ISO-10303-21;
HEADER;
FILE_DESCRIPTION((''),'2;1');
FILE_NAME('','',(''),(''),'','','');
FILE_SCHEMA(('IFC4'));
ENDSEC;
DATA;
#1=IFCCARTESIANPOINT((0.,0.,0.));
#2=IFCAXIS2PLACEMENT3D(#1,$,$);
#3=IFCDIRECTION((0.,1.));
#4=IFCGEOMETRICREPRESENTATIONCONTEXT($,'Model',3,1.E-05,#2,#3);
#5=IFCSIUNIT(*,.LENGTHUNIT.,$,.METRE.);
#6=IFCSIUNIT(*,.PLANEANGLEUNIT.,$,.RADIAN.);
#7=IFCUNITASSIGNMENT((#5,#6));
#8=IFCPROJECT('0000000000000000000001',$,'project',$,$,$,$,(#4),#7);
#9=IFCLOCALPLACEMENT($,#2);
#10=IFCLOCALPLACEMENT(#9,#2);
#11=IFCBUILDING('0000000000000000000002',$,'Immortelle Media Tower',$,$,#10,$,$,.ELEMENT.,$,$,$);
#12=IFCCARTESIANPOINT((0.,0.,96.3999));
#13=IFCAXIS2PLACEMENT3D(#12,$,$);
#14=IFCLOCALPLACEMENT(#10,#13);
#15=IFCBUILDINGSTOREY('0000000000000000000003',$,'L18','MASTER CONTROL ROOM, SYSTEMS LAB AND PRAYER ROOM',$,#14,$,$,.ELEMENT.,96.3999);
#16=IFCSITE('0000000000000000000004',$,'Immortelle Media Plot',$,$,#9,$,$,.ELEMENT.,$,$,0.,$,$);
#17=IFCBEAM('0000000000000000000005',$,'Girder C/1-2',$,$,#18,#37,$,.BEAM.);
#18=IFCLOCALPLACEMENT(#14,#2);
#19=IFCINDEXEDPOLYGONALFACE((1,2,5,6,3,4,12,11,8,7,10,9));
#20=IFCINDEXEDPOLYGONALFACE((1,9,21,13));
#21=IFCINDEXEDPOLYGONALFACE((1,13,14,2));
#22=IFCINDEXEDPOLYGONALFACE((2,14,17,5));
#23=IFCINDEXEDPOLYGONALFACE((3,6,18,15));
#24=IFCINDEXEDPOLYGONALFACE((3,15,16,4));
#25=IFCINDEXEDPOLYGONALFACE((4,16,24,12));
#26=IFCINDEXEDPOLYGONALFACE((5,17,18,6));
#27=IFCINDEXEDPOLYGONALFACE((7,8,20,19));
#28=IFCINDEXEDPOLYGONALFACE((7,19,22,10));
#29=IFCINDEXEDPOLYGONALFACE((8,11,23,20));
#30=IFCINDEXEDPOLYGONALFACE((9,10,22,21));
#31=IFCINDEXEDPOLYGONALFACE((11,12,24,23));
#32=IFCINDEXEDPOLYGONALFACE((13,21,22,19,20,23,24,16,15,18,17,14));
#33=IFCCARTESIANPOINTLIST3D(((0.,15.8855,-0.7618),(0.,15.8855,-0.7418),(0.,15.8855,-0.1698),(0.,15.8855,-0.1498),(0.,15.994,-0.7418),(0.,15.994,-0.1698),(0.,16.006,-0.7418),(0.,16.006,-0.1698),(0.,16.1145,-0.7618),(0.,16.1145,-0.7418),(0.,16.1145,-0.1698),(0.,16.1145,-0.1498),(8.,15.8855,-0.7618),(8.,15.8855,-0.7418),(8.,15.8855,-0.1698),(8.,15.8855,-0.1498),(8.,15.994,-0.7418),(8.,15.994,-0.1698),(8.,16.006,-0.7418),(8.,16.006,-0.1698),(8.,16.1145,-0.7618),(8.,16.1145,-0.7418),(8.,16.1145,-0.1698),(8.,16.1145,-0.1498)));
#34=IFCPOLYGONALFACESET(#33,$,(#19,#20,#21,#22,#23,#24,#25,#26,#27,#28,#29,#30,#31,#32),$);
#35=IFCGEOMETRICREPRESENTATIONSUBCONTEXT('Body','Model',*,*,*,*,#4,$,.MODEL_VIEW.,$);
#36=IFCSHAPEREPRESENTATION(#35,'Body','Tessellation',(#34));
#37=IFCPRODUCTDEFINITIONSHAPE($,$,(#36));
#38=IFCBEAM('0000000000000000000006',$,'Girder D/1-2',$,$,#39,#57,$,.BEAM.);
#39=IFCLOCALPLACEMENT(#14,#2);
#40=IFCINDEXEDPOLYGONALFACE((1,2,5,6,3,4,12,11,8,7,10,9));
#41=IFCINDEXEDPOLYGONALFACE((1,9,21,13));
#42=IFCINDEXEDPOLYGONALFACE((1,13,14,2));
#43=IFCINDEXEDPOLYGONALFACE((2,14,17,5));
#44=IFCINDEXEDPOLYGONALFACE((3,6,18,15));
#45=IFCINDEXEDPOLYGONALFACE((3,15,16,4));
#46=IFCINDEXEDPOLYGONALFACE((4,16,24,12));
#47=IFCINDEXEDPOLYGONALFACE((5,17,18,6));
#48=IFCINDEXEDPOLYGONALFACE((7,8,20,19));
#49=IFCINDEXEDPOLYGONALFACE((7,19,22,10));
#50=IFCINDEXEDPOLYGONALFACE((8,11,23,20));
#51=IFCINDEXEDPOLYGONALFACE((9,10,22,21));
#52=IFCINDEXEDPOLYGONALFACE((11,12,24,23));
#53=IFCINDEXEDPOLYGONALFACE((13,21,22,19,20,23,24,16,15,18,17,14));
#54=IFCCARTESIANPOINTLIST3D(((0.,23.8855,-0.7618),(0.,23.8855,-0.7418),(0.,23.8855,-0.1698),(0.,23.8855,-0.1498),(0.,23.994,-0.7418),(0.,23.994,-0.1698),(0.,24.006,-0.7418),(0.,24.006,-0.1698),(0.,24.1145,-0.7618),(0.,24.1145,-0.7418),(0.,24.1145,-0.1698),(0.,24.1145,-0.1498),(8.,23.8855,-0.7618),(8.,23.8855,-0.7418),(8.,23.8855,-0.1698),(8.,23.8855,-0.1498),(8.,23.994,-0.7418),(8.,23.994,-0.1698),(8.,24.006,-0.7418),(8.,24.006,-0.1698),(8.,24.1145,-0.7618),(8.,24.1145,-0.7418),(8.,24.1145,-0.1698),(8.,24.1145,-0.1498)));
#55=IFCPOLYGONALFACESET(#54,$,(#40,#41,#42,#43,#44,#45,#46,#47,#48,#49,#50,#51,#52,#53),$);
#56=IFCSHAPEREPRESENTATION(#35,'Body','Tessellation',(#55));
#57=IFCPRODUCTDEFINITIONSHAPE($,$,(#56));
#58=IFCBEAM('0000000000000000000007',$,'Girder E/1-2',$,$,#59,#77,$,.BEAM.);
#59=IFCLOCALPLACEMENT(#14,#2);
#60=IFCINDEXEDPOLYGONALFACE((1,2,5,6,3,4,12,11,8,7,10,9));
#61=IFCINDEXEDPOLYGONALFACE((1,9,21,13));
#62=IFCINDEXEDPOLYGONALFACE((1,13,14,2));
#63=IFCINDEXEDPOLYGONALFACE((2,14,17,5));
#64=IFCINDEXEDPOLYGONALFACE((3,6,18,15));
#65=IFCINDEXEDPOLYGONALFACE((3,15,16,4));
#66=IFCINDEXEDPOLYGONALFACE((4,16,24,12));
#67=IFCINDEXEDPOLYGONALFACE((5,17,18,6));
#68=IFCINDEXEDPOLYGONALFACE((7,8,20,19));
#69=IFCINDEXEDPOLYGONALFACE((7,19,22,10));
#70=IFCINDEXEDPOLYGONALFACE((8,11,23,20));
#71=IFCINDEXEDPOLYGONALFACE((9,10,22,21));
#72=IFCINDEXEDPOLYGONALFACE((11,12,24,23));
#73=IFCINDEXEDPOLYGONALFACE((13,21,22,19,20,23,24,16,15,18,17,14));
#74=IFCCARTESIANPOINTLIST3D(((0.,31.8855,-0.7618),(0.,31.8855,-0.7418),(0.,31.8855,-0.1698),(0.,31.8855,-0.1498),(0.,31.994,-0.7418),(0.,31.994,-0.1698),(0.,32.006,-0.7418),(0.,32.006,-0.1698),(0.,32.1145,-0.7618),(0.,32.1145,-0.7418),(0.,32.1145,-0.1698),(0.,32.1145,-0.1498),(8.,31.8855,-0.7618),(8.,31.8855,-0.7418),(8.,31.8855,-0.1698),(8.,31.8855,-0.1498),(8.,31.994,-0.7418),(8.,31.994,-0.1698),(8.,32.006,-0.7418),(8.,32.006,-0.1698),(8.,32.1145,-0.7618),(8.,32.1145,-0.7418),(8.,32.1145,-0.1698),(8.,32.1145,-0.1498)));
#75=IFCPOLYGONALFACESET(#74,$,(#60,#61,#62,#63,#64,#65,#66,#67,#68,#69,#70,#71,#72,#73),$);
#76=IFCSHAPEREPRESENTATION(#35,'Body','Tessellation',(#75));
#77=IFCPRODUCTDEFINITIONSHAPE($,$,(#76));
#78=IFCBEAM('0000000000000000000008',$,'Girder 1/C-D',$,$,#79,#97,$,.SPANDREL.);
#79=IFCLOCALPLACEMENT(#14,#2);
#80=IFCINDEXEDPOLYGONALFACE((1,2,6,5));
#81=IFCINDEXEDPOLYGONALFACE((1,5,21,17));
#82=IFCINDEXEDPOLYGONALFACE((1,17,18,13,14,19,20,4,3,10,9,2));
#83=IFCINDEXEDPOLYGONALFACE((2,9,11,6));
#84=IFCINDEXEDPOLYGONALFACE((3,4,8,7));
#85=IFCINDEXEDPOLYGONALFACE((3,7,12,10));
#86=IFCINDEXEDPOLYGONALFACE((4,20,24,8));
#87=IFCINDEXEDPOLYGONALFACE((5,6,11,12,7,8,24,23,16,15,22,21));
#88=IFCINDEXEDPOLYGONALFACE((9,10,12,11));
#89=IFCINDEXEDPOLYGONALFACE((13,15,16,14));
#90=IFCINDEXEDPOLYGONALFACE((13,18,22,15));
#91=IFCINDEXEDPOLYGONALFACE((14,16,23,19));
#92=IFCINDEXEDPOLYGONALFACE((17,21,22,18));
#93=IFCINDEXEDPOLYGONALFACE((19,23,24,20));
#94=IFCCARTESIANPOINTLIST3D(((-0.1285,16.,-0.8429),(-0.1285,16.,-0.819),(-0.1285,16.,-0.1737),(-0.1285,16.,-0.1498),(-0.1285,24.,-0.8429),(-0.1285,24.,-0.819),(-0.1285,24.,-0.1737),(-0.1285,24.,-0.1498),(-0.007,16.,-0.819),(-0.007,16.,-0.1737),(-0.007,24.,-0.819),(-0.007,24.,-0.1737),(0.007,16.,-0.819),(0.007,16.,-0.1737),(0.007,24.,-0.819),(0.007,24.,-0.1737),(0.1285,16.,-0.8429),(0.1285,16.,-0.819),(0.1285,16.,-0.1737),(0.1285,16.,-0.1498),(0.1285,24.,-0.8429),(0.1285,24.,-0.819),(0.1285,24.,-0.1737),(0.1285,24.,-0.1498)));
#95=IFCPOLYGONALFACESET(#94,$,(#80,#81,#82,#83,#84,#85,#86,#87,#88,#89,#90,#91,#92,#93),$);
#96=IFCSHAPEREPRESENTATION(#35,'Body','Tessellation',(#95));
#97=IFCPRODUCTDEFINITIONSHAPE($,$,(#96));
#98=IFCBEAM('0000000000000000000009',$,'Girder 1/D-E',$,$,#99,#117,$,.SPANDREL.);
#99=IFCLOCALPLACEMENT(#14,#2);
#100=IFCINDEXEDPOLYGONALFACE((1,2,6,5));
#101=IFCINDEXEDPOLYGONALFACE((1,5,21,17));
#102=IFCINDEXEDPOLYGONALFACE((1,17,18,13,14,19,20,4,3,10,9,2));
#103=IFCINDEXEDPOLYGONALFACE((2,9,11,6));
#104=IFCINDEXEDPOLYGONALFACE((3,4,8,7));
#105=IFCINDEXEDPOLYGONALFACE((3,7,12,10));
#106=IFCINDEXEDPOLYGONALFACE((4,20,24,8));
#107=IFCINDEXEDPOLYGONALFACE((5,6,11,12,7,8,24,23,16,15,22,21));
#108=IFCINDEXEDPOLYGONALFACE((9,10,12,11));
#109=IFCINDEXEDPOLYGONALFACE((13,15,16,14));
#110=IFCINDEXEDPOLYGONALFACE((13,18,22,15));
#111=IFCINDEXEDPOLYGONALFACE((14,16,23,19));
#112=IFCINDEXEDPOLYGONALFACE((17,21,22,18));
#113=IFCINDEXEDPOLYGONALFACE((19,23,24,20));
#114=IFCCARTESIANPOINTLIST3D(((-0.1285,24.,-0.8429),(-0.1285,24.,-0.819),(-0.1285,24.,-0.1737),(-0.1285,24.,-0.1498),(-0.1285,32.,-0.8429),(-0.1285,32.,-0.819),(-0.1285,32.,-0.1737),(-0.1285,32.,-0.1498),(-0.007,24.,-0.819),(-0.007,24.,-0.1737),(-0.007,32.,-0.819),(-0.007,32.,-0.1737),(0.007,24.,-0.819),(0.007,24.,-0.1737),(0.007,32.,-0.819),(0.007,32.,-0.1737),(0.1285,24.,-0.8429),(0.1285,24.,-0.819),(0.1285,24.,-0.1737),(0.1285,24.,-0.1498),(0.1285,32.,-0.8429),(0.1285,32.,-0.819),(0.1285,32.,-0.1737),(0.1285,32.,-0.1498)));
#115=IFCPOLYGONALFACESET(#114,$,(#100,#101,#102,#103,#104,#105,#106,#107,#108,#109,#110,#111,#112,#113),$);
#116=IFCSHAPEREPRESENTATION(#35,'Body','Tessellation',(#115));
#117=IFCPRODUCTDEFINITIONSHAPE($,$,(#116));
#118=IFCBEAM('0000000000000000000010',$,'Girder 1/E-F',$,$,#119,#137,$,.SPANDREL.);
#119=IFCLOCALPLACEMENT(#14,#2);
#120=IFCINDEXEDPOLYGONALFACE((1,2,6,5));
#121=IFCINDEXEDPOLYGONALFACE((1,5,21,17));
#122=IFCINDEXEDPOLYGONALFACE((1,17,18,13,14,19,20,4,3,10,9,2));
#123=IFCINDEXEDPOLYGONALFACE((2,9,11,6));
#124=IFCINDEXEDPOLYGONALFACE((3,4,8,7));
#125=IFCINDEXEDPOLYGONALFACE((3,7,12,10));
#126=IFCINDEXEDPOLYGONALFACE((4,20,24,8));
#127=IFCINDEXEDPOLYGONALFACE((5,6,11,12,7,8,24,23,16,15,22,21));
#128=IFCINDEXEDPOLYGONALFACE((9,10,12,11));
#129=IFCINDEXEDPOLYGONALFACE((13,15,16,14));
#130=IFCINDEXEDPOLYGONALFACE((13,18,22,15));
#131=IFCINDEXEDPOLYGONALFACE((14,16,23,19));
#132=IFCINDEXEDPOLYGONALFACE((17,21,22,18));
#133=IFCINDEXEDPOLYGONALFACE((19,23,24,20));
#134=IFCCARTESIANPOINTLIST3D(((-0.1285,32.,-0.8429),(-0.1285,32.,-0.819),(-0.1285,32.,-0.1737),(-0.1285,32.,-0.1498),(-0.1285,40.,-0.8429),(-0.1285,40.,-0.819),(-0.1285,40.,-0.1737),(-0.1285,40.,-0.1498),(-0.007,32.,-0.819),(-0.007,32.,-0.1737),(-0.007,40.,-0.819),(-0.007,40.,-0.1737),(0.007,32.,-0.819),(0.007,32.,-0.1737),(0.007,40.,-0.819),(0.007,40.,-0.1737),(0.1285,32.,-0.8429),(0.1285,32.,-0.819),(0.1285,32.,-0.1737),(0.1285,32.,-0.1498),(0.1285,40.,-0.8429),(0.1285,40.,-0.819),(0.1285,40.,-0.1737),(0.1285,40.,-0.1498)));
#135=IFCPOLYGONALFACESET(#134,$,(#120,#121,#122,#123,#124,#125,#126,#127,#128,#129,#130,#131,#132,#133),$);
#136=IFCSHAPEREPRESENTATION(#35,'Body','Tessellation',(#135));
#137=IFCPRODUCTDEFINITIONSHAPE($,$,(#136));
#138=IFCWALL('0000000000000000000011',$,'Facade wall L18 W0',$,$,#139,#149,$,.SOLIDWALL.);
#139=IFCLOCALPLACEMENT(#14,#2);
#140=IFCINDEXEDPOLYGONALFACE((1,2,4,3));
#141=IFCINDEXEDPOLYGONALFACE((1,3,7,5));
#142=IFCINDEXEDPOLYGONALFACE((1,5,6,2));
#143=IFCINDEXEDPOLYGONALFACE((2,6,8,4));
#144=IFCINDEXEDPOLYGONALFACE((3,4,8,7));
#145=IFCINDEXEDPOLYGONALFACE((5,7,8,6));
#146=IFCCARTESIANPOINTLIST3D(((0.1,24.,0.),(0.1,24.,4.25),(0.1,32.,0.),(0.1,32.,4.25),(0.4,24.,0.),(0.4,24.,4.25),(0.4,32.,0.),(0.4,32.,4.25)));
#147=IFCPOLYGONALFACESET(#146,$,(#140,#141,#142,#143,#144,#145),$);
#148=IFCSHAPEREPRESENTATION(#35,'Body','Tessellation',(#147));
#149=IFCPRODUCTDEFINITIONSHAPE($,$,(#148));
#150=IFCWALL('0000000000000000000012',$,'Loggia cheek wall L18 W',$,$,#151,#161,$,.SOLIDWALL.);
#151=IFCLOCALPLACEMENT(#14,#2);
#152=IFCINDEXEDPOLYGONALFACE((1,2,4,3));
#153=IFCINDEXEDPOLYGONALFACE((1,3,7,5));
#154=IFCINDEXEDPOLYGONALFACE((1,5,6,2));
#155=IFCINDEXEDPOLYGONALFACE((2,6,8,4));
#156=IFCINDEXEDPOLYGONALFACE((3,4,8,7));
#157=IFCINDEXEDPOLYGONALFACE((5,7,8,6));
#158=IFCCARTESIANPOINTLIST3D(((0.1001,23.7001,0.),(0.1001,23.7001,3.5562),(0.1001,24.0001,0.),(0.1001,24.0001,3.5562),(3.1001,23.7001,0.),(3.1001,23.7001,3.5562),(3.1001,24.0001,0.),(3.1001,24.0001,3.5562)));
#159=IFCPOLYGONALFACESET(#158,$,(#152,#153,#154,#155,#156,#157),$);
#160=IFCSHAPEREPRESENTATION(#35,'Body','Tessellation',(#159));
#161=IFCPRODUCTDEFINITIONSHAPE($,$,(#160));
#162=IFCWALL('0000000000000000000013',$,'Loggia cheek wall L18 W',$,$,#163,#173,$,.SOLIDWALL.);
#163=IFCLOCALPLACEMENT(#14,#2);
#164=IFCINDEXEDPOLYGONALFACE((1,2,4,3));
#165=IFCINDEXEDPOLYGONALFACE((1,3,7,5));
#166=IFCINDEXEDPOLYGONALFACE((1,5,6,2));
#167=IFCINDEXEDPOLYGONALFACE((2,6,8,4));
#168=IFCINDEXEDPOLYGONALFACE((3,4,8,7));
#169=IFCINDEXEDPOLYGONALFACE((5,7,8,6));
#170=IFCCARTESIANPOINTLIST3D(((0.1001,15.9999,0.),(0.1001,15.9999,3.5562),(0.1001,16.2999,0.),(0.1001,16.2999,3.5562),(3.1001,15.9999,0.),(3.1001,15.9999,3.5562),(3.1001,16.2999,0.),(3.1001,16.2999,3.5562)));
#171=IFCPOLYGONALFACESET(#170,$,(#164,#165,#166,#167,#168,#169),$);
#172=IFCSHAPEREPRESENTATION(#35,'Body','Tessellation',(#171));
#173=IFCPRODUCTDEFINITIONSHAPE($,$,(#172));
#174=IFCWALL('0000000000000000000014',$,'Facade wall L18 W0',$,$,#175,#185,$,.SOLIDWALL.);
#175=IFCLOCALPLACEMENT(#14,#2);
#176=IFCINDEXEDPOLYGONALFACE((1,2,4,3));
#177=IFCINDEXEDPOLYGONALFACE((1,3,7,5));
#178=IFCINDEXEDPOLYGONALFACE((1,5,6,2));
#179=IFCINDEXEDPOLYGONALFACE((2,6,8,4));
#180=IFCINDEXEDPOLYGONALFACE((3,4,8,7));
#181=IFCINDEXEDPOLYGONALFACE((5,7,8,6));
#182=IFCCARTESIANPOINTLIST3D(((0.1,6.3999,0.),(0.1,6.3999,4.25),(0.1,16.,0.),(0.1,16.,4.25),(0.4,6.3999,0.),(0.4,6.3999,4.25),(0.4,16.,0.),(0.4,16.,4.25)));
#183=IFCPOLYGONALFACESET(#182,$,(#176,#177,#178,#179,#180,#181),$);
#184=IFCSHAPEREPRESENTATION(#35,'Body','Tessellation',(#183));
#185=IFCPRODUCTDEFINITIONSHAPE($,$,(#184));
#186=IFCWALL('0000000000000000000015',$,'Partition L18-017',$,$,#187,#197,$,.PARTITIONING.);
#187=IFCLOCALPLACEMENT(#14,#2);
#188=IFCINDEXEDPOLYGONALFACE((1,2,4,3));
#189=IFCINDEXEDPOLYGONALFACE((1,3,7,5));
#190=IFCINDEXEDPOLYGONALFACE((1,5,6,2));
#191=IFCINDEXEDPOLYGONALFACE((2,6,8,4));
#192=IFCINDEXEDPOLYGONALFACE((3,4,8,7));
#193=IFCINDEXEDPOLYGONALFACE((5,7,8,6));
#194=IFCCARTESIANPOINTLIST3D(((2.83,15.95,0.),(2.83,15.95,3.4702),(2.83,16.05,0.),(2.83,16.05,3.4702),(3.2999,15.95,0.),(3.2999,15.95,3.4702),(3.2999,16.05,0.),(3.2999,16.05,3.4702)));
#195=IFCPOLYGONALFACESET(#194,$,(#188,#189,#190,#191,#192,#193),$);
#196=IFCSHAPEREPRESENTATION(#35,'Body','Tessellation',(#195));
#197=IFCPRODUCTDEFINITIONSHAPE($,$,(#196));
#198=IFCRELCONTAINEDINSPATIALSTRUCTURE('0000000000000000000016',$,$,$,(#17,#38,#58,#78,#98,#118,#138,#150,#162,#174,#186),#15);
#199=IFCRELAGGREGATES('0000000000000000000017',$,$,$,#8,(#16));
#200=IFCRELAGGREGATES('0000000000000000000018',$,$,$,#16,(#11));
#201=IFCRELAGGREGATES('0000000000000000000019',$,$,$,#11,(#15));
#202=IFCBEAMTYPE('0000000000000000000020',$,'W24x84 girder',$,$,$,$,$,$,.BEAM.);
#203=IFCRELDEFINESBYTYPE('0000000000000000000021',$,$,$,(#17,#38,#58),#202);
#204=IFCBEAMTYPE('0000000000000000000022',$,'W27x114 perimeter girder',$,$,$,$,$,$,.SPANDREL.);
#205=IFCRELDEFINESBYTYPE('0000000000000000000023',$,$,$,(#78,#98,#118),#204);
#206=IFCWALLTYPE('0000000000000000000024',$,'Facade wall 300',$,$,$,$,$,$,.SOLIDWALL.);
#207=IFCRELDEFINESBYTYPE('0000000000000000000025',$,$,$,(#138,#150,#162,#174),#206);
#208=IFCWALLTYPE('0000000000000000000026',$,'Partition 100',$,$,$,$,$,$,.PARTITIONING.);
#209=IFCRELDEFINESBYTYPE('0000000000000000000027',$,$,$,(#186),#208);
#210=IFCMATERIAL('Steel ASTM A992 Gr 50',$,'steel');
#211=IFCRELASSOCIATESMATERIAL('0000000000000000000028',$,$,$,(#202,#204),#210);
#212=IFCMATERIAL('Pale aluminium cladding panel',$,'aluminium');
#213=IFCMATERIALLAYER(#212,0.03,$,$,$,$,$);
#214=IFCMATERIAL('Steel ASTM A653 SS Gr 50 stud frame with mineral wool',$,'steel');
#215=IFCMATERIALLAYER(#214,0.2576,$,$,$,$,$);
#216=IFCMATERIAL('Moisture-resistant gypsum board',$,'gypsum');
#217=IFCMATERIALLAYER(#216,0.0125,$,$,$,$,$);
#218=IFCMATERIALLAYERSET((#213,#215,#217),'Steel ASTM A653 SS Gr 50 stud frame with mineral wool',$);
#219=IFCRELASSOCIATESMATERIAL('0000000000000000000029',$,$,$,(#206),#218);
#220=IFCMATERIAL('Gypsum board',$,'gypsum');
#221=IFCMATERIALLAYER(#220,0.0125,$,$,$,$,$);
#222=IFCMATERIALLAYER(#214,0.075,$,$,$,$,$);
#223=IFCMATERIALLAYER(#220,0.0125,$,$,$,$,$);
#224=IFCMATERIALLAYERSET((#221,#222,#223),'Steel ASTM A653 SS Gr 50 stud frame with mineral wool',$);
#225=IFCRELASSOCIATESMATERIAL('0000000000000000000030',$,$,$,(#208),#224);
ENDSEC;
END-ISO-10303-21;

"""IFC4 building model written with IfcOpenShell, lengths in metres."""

from ifc_helpers import new_model, si_unit, direction, frame, frame_2d, origin, origin_2d, place, context, subcontext, project, spatial, rectangle, i_section, extrude, material, layer, layer_set, material_profile, profile_set, type_object, element, save


model = new_model("IFC4")

# Units and contexts
model_context = context("Model", 3, precision=1e-05, world=origin(), true_north=direction((0.0, 1.0)))
body_context = subcontext(model_context, "Body", "Model", "MODEL_VIEW")
ifc_project = project(units=[si_unit("LENGTHUNIT", "METRE"), si_unit("PLANEANGLEUNIT", "RADIAN")], contexts=[model_context])

# Site, building, storey
site_placement = place(None, origin())
site = spatial("IfcSite", under=ifc_project, at=site_placement, Name="Immortelle Media Plot", CompositionType="ELEMENT", RefElevation=0.0)
building_placement = place(site_placement, origin())
building = spatial("IfcBuilding", under=site, at=building_placement, Name="Immortelle Media Tower", CompositionType="ELEMENT")
storey_placement = place(building_placement, frame((0.0, 0.0, 96.3999)))
storey = spatial("IfcBuildingStorey", under=building, at=storey_placement, Name="L18", Description="MASTER CONTROL ROOM, SYSTEMS LAB AND PRAYER ROOM", CompositionType="ELEMENT", Elevation=96.3999)

# Shared definitions
ifc_material_1 = material(Name="Steel ASTM A992 Gr 50", Category="steel")

# Beams
ifc_material_profile_1 = material_profile(ifc_material_1, i_section(OverallWidth=0.229, OverallDepth=0.6121, WebThickness=0.012, FlangeThickness=0.02, at=origin_2d()), Name="W24x84")
ifc_profile_set_1 = profile_set([ifc_material_profile_1], Name="Steel ASTM A992 Gr 50")
beam_type_1 = type_object("IfcBeamType", Name="W24x84 girder", PredefinedType="BEAM", material=ifc_profile_set_1)
for number, where, z_axis, x_axis, name in (
    (1, (0.0, 16.0, -0.4558), (1.0, 0.0, 0.0), (0.0, 1.0, 0.0), "Girder C/1-2"),
    (2, (0.0, 24.0, -0.4558), (1.0, 0.0, 0.0), (0.0, 1.0, 0.0), "Girder D/1-2"),
    (3, (0.0, 32.0, -0.4558), (1.0, 0.0, 0.0), (0.0, 1.0, 0.0), "Girder E/1-2"),
):
    element("IfcBeam", number, at=place(storey_placement, frame(where, z_axis=z_axis, x_axis=x_axis)), inside=storey, type_object=beam_type_1, Name=name, PredefinedType="BEAM", context=body_context, shape_type="SweptSolid", body=[
        extrude(i_section(OverallWidth=0.229, OverallDepth=0.6121, WebThickness=0.012, FlangeThickness=0.02, at=origin_2d()), origin(), (0.0, 0.0, 1.0), 8.0),
    ])
ifc_material_profile_2 = material_profile(ifc_material_1, i_section(OverallWidth=0.2571, OverallDepth=0.6931, WebThickness=0.0139, FlangeThickness=0.0239, at=origin_2d()), Name="W27x114")
ifc_profile_set_2 = profile_set([ifc_material_profile_2], Name="Steel ASTM A992 Gr 50")
beam_type_2 = type_object("IfcBeamType", Name="W27x114 perimeter girder", PredefinedType="SPANDREL", material=ifc_profile_set_2)
for number, where, z_axis, x_axis, name in (
    (4, (0.0, 16.0, -0.4963), (0.0, 1.0, 0.0), (-1.0, 0.0, 0.0), "Girder 1/C-D"),
    (5, (0.0, 24.0, -0.4963), (0.0, 1.0, 0.0), (-1.0, 0.0, 0.0), "Girder 1/D-E"),
    (6, (0.0, 32.0, -0.4963), (0.0, 1.0, 0.0), (-1.0, 0.0, 0.0), "Girder 1/E-F"),
):
    element("IfcBeam", number, at=place(storey_placement, frame(where, z_axis=z_axis, x_axis=x_axis)), inside=storey, type_object=beam_type_2, Name=name, PredefinedType="SPANDREL", context=body_context, shape_type="SweptSolid", body=[
        extrude(i_section(OverallWidth=0.2571, OverallDepth=0.6931, WebThickness=0.0139, FlangeThickness=0.0239, at=origin_2d()), origin(), (0.0, 0.0, 1.0), 8.0),
    ])

# Walls
ifc_material_2 = material(Name="Pale aluminium cladding panel", Category="aluminium")
ifc_layer_1 = layer(ifc_material_2, 0.03)
ifc_material_3 = material(Name="Steel ASTM A653 SS Gr 50 stud frame with mineral wool", Category="steel")
ifc_layer_2 = layer(ifc_material_3, 0.2576)
ifc_material_4 = material(Name="Moisture-resistant gypsum board", Category="gypsum")
ifc_layer_3 = layer(ifc_material_4, 0.0125)
ifc_layer_set_1 = layer_set([ifc_layer_1, ifc_layer_2, ifc_layer_3], Name="Steel ASTM A653 SS Gr 50 stud frame with mineral wool")
wall_type_1 = type_object("IfcWallType", Name="Facade wall 300", PredefinedType="SOLIDWALL", material=ifc_layer_set_1)
wall_1_placement = place(storey_placement, frame((0.25, 32.0, 0.0), z_axis=(0.0, 0.0, 1.0), x_axis=(0.0, -1.0, 0.0)))
element("IfcWall", 7, at=wall_1_placement, inside=storey, type_object=wall_type_1, Name="Facade wall L18 W0", PredefinedType="SOLIDWALL", context=body_context, shape_type="SweptSolid", body=[
    extrude(rectangle(XDim=8.0, YDim=0.3, at=frame_2d((4.0, 0.0))), origin(), (0.0, 0.0, 1.0), 4.25),
])
for number, where, z_axis, x_axis, name in (
    (8, (0.1001, 23.8501, 0.0), (0.0, 0.0, 1.0), (1.0, 0.0, 0.0), "Loggia cheek wall L18 W"),
    (9, (0.1001, 16.1499, 0.0), (0.0, 0.0, 1.0), (1.0, 0.0, 0.0), "Loggia cheek wall L18 W"),
):
    element("IfcWall", number, at=place(storey_placement, frame(where, z_axis=z_axis, x_axis=x_axis)), inside=storey, type_object=wall_type_1, Name=name, PredefinedType="SOLIDWALL", context=body_context, shape_type="SweptSolid", body=[
        extrude(rectangle(XDim=3.0, YDim=0.3, at=frame_2d((1.5, 0.0))), origin(), (0.0, 0.0, 1.0), 3.5562),
    ])
wall_2_placement = place(storey_placement, frame((0.25, 16.0, 0.0), z_axis=(0.0, 0.0, 1.0), x_axis=(0.0, -1.0, 0.0)))
element("IfcWall", 10, at=wall_2_placement, inside=storey, type_object=wall_type_1, Name="Facade wall L18 W0", PredefinedType="SOLIDWALL", context=body_context, shape_type="SweptSolid", body=[
    extrude(rectangle(XDim=9.6001, YDim=0.3, at=frame_2d((4.8, 0.0))), origin(), (0.0, 0.0, 1.0), 4.25),
])
ifc_material_5 = material(Name="Gypsum board", Category="gypsum")
ifc_layer_4 = layer(ifc_material_5, 0.0125)
ifc_layer_5 = layer(ifc_material_3, 0.075)
ifc_layer_6 = layer(ifc_material_5, 0.0125)
ifc_layer_set_2 = layer_set([ifc_layer_4, ifc_layer_5, ifc_layer_6], Name="Steel ASTM A653 SS Gr 50 stud frame with mineral wool")
wall_type_2 = type_object("IfcWallType", Name="Partition 100", PredefinedType="PARTITIONING", material=ifc_layer_set_2)
wall_3_placement = place(storey_placement, frame((2.8301, 16.0, 0.0), z_axis=(0.0, 0.0, 1.0), x_axis=(1.0, 0.0, 0.0)))
element("IfcWall", 11, at=wall_3_placement, inside=storey, type_object=wall_type_2, Name="Partition L18-017", PredefinedType="PARTITIONING", context=body_context, shape_type="SweptSolid", body=[
    extrude(rectangle(XDim=0.47, YDim=0.1001, at=frame_2d((0.2349, 0.0))), origin(), (0.0, 0.0, 1.0), 3.4702),
])

save(model, "model.ifc")
